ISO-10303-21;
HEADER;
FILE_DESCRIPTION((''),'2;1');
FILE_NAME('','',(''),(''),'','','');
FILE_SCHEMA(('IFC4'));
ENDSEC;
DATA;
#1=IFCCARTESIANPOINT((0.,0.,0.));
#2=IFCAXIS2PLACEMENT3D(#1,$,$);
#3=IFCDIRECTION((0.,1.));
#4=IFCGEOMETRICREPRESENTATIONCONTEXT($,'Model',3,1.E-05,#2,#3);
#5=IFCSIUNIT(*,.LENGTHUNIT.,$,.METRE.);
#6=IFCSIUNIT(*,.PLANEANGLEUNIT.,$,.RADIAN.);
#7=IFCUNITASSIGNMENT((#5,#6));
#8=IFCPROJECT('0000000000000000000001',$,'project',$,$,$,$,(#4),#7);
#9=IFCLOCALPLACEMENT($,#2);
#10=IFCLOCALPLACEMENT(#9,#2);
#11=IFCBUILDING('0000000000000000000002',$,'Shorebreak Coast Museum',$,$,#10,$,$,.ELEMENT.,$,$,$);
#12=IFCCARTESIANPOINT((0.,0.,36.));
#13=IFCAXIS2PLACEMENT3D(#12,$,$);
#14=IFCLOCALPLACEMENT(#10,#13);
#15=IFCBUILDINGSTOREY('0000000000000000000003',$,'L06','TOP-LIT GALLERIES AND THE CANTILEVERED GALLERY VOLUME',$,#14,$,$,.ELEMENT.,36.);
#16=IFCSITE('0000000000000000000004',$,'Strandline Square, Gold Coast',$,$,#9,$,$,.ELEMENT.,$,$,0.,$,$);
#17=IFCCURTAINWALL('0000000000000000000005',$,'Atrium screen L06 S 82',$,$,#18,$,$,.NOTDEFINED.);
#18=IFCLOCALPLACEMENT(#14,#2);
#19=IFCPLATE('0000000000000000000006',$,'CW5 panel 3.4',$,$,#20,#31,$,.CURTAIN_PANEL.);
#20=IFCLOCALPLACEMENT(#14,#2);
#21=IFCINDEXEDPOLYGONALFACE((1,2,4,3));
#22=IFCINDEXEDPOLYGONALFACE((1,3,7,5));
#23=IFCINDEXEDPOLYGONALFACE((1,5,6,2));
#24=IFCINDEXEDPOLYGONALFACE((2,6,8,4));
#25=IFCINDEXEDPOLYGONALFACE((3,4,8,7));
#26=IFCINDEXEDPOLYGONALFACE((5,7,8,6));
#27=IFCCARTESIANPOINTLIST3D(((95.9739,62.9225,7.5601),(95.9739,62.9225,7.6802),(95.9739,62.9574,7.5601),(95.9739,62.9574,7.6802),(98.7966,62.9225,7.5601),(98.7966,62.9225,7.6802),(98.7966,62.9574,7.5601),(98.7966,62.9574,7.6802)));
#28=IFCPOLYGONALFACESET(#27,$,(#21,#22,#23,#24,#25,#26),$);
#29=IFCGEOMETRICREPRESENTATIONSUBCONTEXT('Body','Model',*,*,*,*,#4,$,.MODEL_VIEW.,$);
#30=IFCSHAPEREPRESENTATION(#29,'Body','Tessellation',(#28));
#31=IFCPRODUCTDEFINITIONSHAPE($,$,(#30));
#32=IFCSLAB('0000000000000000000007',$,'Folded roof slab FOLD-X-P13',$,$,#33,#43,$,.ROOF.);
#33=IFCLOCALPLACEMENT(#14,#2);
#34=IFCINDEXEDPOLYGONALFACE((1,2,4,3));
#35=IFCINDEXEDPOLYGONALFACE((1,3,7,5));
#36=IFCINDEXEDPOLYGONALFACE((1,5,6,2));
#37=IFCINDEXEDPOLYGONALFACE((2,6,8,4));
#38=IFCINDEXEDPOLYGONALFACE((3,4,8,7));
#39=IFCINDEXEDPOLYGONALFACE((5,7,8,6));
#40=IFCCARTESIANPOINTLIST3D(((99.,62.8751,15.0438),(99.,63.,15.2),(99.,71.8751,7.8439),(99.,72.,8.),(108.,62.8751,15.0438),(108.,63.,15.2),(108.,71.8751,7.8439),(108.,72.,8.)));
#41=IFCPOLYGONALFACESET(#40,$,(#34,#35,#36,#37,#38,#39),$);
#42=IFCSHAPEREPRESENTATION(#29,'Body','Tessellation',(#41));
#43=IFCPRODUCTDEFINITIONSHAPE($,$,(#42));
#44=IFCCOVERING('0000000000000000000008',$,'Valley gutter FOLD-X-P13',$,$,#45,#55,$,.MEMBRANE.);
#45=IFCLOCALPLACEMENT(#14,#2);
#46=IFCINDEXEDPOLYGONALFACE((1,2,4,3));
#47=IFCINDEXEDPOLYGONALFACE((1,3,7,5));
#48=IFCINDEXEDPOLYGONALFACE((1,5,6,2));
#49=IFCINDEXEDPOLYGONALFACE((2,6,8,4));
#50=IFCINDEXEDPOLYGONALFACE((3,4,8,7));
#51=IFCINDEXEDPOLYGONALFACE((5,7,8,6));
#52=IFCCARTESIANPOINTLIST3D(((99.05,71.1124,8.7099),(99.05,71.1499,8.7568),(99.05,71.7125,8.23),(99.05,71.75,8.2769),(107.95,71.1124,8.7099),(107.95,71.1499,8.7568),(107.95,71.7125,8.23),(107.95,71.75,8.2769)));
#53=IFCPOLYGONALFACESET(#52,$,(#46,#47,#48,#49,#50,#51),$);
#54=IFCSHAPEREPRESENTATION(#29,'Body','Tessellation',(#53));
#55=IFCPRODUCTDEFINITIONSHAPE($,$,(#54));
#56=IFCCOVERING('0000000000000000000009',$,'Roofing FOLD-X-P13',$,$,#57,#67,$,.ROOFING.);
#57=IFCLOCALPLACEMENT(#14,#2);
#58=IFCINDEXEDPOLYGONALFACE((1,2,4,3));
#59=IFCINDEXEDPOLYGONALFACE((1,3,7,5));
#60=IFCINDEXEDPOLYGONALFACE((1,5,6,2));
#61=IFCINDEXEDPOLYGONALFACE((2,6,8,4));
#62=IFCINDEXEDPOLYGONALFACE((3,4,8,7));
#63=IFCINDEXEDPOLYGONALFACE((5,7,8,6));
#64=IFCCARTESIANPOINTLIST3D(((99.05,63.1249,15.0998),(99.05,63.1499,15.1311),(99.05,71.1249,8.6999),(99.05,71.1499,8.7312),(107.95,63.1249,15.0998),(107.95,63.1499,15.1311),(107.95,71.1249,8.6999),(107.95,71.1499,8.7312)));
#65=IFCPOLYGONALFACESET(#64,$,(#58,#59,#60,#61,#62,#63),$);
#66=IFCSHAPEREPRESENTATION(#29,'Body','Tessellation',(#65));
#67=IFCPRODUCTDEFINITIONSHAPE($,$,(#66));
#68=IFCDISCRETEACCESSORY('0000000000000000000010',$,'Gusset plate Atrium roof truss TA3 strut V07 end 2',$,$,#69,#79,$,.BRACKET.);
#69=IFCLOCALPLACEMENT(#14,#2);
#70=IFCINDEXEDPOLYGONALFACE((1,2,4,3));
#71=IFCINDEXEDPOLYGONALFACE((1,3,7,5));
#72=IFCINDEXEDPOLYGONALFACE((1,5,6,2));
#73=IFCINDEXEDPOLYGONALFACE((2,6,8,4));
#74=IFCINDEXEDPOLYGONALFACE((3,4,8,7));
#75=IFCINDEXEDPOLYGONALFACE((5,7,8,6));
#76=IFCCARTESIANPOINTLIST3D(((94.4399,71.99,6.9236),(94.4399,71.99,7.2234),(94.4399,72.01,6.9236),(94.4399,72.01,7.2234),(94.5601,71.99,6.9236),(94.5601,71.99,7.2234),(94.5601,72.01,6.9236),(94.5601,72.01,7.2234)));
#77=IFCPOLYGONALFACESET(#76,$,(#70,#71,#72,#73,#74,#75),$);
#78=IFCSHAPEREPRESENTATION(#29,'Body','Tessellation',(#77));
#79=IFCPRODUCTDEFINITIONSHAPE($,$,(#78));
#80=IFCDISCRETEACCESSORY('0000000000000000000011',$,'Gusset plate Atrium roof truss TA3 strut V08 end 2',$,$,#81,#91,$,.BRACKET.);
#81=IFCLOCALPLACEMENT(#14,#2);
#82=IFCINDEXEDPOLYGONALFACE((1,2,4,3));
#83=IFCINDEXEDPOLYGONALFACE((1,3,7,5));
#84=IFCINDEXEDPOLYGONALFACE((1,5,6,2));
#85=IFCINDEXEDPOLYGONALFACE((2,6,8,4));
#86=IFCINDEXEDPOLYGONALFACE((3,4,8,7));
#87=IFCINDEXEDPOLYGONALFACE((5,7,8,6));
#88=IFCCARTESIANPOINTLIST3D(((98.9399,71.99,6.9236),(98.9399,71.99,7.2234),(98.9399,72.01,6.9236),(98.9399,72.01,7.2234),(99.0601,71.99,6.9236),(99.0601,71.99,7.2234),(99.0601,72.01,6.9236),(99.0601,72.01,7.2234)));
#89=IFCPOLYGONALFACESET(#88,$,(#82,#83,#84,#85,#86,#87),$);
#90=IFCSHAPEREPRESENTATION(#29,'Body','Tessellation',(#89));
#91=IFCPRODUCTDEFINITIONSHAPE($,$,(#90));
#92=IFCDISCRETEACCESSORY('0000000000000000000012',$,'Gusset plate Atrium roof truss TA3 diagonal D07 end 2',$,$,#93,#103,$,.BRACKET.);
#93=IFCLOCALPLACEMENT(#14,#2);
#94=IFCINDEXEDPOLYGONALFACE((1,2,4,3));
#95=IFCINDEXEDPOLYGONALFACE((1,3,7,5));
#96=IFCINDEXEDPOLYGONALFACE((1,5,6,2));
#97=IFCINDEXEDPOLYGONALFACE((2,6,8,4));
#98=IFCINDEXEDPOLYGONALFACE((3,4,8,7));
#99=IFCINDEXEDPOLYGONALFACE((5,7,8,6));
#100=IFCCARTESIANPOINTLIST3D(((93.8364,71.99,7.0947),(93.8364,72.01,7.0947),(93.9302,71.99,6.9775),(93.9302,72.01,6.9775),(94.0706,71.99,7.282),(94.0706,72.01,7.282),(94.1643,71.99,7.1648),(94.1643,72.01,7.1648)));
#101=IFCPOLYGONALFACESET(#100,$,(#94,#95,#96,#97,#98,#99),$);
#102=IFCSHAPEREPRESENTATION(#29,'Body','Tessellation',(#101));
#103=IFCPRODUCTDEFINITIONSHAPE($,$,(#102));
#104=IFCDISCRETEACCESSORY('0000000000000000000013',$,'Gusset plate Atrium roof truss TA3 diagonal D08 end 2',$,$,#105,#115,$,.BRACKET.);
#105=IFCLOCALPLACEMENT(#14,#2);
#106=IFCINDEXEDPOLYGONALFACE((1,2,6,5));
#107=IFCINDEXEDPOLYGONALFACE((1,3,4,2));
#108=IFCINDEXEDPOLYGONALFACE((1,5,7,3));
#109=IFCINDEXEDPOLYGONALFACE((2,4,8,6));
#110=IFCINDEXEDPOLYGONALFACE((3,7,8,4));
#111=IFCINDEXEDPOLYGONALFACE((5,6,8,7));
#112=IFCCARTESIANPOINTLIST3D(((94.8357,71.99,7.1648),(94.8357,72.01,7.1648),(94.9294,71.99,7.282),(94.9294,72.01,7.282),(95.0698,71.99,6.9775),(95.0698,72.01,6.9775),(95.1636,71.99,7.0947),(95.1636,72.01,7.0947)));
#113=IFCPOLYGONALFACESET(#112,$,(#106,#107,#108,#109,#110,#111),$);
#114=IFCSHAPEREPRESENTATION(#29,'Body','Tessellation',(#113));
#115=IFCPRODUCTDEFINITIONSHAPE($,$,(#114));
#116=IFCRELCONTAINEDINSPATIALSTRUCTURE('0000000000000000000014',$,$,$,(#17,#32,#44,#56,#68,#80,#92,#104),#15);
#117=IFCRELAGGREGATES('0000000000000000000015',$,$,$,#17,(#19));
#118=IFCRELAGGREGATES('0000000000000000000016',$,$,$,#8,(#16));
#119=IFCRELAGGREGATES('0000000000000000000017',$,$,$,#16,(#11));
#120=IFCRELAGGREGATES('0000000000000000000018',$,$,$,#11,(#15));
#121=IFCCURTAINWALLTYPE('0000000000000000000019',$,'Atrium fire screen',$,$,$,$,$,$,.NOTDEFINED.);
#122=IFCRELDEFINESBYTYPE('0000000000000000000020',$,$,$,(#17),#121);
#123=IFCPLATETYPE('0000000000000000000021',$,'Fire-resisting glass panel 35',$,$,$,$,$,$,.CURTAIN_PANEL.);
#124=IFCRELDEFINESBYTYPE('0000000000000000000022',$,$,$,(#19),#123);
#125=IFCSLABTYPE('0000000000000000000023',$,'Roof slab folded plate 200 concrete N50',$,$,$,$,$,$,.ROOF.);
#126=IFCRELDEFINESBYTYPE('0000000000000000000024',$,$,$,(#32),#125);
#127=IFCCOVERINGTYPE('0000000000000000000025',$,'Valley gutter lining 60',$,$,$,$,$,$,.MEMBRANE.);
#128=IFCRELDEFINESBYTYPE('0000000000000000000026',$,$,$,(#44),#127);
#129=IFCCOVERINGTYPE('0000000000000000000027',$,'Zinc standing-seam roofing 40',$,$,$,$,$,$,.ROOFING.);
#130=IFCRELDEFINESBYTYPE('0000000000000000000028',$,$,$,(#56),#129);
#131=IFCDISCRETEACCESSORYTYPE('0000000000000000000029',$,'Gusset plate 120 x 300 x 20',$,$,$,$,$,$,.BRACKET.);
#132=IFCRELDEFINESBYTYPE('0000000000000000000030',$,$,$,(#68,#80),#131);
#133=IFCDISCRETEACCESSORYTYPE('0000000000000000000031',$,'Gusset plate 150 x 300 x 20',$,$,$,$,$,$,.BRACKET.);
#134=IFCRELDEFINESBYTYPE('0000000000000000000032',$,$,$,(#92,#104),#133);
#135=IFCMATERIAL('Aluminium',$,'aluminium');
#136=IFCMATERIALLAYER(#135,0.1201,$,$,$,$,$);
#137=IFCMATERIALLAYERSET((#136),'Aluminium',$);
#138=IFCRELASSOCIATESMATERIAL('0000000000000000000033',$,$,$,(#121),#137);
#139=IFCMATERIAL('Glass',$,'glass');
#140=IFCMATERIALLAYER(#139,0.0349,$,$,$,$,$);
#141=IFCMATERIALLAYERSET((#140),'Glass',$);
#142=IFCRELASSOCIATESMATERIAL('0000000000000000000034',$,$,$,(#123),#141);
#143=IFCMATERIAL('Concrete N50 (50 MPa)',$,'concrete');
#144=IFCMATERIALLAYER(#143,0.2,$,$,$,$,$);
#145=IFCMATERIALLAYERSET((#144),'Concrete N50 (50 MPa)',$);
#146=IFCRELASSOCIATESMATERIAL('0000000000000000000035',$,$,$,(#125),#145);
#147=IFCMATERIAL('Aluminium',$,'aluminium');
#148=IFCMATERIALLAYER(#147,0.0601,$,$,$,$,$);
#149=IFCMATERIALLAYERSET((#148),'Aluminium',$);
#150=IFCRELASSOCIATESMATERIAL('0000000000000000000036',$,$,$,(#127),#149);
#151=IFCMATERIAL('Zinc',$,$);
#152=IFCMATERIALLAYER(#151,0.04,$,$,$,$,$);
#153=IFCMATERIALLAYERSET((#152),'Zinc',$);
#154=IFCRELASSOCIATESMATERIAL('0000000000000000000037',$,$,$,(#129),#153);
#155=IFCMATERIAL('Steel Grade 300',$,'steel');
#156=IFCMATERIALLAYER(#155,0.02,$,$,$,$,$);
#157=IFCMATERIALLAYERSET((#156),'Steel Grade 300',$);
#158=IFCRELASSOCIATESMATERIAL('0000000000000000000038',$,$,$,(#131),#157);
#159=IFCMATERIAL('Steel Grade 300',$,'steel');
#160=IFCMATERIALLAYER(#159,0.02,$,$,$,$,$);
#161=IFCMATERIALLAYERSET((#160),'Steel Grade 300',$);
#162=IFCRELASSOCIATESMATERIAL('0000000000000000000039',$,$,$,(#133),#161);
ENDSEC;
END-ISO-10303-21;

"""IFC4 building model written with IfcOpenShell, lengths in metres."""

from ifc_helpers import new_model, si_unit, direction, frame, origin, origin_2d, place, context, subcontext, project, spatial, polyline, rectangle, outline, extrude, material, layer, layer_set, type_object, element, aggregate, save


model = new_model("IFC4")

# Units and contexts
model_context = context("Model", 3, precision=1e-05, world=origin(), true_north=direction((0.0, 1.0)))
body_context = subcontext(model_context, "Body", "Model", "MODEL_VIEW")
ifc_project = project(units=[si_unit("LENGTHUNIT", "METRE"), si_unit("PLANEANGLEUNIT", "RADIAN")], contexts=[model_context])

# Site, building, storey
site_placement = place(None, origin())
site = spatial("IfcSite", under=ifc_project, at=site_placement, Name="Strandline Square, Gold Coast", CompositionType="ELEMENT", RefElevation=0.0)
building_placement = place(site_placement, origin())
building = spatial("IfcBuilding", under=site, at=building_placement, Name="Shorebreak Coast Museum", CompositionType="ELEMENT")
storey_placement = place(building_placement, frame((0.0, 0.0, 36.0)))
storey = spatial("IfcBuildingStorey", under=building, at=storey_placement, Name="L06", Description="TOP-LIT GALLERIES AND THE CANTILEVERED GALLERY VOLUME", CompositionType="ELEMENT", Elevation=36.0)

# Curtain wall
ifc_material_1 = material(Name="Aluminium", Category="aluminium")
ifc_layer_1 = layer(ifc_material_1, 0.1201)
ifc_layer_set_1 = layer_set([ifc_layer_1], Name="Aluminium")
curtain_wall_type = type_object("IfcCurtainWallType", Name="Atrium fire screen", PredefinedType="NOTDEFINED", material=ifc_layer_set_1)
curtain_wall_1_placement = place(storey_placement, origin())
curtain_wall_1 = element("IfcCurtainWall", 1, at=curtain_wall_1_placement, inside=storey, type_object=curtain_wall_type, Name="Atrium screen L06 S 82", PredefinedType="NOTDEFINED")

# Plate
ifc_material_2 = material(Name="Glass", Category="glass")
ifc_layer_2 = layer(ifc_material_2, 0.0349)
ifc_layer_set_2 = layer_set([ifc_layer_2], Name="Glass")
plate_type = type_object("IfcPlateType", Name="Fire-resisting glass panel 35", PredefinedType="CURTAIN_PANEL", material=ifc_layer_set_2)
plate_1_placement = place(storey_placement, frame((97.3853, 62.9399, 7.5601), z_axis=(0.0, 0.0, 1.0), x_axis=(1.0, 0.0, 0.0)))
plate_1 = element("IfcPlate", 2, at=plate_1_placement, type_object=plate_type, Name="CW5 panel 3.4", PredefinedType="CURTAIN_PANEL", context=body_context, shape_type="SweptSolid", body=[
    extrude(rectangle(XDim=2.8228, YDim=0.0349, at=origin_2d()), origin(), (0.0, 0.0, 1.0), 0.1201),
])
aggregate(curtain_wall_1, [plate_1])

# Slab
ifc_material_3 = material(Name="Concrete N50 (50 MPa)", Category="concrete")
ifc_layer_3 = layer(ifc_material_3, 0.2)
ifc_layer_set_3 = layer_set([ifc_layer_3], Name="Concrete N50 (50 MPa)")
slab_type = type_object("IfcSlabType", Name="Roof slab folded plate 200 concrete N50", PredefinedType="ROOF", material=ifc_layer_set_3)
slab_placement = place(storey_placement, frame((99.0, 63.0, 15.2), z_axis=(0.0, 0.624692, 0.780871), x_axis=(1.0, 0.0, 0.0)))
element("IfcSlab", 3, at=slab_placement, inside=storey, type_object=slab_type, Name="Folded roof slab FOLD-X-P13", PredefinedType="ROOF", context=body_context, shape_type="SweptSolid", body=[
    extrude(outline(polyline([(0.0, 0.0), (9.0, 0.0), (9.0, 11.5256), (0.0, 11.5256), (0.0, 0.0)])), origin(), (0.0, 0.0, -1.0), 0.2),
])

# Coverings
ifc_material_4 = material(Name="Aluminium", Category="aluminium")
ifc_layer_4 = layer(ifc_material_4, 0.0601)
ifc_layer_set_4 = layer_set([ifc_layer_4], Name="Aluminium")
covering_type_1 = type_object("IfcCoveringType", Name="Valley gutter lining 60", PredefinedType="MEMBRANE", material=ifc_layer_set_4)
covering_1_placement = place(storey_placement, frame((99.05, 71.1499, 8.7568), z_axis=(0.0, 0.624618, 0.780931), x_axis=(1.0, 0.0, 0.0)))
element("IfcCovering", 4, at=covering_1_placement, inside=storey, type_object=covering_type_1, Name="Valley gutter FOLD-X-P13", PredefinedType="MEMBRANE", context=body_context, shape_type="SweptSolid", body=[
    extrude(outline(polyline([(0.0, 0.0), (8.8999, 0.0), (8.8999, 0.7684), (0.0, 0.7684), (0.0, 0.0)])), origin(), (0.0, 0.0, -1.0), 0.0601),
])
ifc_material_5 = material(Name="Zinc")
ifc_layer_5 = layer(ifc_material_5, 0.04)
ifc_layer_set_5 = layer_set([ifc_layer_5], Name="Zinc")
covering_type_2 = type_object("IfcCoveringType", Name="Zinc standing-seam roofing 40", PredefinedType="ROOFING", material=ifc_layer_set_5)
covering_2_placement = place(storey_placement, frame((99.05, 63.1499, 15.1311), z_axis=(0.0, 0.624689, 0.780873), x_axis=(1.0, 0.0, 0.0)))
element("IfcCovering", 5, at=covering_2_placement, inside=storey, type_object=covering_type_2, Name="Roofing FOLD-X-P13", PredefinedType="ROOFING", context=body_context, shape_type="SweptSolid", body=[
    extrude(outline(polyline([(0.0, 0.0), (8.8999, 0.0), (8.8999, 10.2449), (0.0, 10.2449), (0.0, 0.0)])), origin(), (0.0, 0.0, -1.0), 0.04),
])

# Discrete accessories
ifc_material_6 = material(Name="Steel Grade 300", Category="steel")
ifc_layer_6 = layer(ifc_material_6, 0.02)
ifc_layer_set_6 = layer_set([ifc_layer_6], Name="Steel Grade 300")
discrete_accessory_type_1 = type_object("IfcDiscreteAccessoryType", Name="Gusset plate 120 x 300 x 20", PredefinedType="BRACKET", material=ifc_layer_set_6)
for number, where, z_axis, x_axis, name in (
    (6, (94.4399, 71.99, 6.9236), (0.0, -1.0, 0.0), (1.0, 0.0, 0.0), "Gusset plate Atrium roof truss TA3 strut V07 end 2"),
    (7, (98.9399, 71.99, 6.9236), (0.0, -1.0, 0.0), (1.0, 0.0, 0.0), "Gusset plate Atrium roof truss TA3 strut V08 end 2"),
):
    element("IfcDiscreteAccessory", number, at=place(storey_placement, frame(where, z_axis=z_axis, x_axis=x_axis)), inside=storey, type_object=discrete_accessory_type_1, Name=name, PredefinedType="BRACKET", context=body_context, shape_type="SweptSolid", body=[
        extrude(outline(polyline([(0.0, 0.0), (0.1201, 0.0), (0.1201, 0.2998), (0.0, 0.2998), (0.0, 0.0)])), origin(), (0.0, 0.0, -1.0), 0.02),
    ])
ifc_material_7 = material(Name="Steel Grade 300", Category="steel")
ifc_layer_7 = layer(ifc_material_7, 0.02)
ifc_layer_set_7 = layer_set([ifc_layer_7], Name="Steel Grade 300")
discrete_accessory_type_2 = type_object("IfcDiscreteAccessoryType", Name="Gusset plate 150 x 300 x 20", PredefinedType="BRACKET", material=ifc_layer_set_7)
discrete_accessory_1_placement = place(storey_placement, frame((93.8364, 71.99, 7.0947), z_axis=(0.0, -1.0, 0.0), x_axis=(0.624695, 0.0, -0.780869)))
element("IfcDiscreteAccessory", 8, at=discrete_accessory_1_placement, inside=storey, type_object=discrete_accessory_type_2, Name="Gusset plate Atrium roof truss TA3 diagonal D07 end 2", PredefinedType="BRACKET", context=body_context, shape_type="SweptSolid", body=[
    extrude(outline(polyline([(0.0, 0.0), (0.1501, 0.0), (0.1501, 0.2998), (0.0, 0.2998), (0.0, 0.0)])), origin(), (0.0, 0.0, -1.0), 0.02),
])
discrete_accessory_2_placement = place(storey_placement, frame((95.0698, 71.99, 6.9775), z_axis=(0.0, -1.0, 0.0), x_axis=(0.624695, 0.0, 0.780869)))
element("IfcDiscreteAccessory", 9, at=discrete_accessory_2_placement, inside=storey, type_object=discrete_accessory_type_2, Name="Gusset plate Atrium roof truss TA3 diagonal D08 end 2", PredefinedType="BRACKET", context=body_context, shape_type="SweptSolid", body=[
    extrude(outline(polyline([(0.0, 0.0), (0.1501, 0.0), (0.15, 0.2998), (0.0, 0.2998), (0.0, 0.0)])), origin(), (0.0, 0.0, -1.0), 0.02),
])

save(model, "model.ifc")
